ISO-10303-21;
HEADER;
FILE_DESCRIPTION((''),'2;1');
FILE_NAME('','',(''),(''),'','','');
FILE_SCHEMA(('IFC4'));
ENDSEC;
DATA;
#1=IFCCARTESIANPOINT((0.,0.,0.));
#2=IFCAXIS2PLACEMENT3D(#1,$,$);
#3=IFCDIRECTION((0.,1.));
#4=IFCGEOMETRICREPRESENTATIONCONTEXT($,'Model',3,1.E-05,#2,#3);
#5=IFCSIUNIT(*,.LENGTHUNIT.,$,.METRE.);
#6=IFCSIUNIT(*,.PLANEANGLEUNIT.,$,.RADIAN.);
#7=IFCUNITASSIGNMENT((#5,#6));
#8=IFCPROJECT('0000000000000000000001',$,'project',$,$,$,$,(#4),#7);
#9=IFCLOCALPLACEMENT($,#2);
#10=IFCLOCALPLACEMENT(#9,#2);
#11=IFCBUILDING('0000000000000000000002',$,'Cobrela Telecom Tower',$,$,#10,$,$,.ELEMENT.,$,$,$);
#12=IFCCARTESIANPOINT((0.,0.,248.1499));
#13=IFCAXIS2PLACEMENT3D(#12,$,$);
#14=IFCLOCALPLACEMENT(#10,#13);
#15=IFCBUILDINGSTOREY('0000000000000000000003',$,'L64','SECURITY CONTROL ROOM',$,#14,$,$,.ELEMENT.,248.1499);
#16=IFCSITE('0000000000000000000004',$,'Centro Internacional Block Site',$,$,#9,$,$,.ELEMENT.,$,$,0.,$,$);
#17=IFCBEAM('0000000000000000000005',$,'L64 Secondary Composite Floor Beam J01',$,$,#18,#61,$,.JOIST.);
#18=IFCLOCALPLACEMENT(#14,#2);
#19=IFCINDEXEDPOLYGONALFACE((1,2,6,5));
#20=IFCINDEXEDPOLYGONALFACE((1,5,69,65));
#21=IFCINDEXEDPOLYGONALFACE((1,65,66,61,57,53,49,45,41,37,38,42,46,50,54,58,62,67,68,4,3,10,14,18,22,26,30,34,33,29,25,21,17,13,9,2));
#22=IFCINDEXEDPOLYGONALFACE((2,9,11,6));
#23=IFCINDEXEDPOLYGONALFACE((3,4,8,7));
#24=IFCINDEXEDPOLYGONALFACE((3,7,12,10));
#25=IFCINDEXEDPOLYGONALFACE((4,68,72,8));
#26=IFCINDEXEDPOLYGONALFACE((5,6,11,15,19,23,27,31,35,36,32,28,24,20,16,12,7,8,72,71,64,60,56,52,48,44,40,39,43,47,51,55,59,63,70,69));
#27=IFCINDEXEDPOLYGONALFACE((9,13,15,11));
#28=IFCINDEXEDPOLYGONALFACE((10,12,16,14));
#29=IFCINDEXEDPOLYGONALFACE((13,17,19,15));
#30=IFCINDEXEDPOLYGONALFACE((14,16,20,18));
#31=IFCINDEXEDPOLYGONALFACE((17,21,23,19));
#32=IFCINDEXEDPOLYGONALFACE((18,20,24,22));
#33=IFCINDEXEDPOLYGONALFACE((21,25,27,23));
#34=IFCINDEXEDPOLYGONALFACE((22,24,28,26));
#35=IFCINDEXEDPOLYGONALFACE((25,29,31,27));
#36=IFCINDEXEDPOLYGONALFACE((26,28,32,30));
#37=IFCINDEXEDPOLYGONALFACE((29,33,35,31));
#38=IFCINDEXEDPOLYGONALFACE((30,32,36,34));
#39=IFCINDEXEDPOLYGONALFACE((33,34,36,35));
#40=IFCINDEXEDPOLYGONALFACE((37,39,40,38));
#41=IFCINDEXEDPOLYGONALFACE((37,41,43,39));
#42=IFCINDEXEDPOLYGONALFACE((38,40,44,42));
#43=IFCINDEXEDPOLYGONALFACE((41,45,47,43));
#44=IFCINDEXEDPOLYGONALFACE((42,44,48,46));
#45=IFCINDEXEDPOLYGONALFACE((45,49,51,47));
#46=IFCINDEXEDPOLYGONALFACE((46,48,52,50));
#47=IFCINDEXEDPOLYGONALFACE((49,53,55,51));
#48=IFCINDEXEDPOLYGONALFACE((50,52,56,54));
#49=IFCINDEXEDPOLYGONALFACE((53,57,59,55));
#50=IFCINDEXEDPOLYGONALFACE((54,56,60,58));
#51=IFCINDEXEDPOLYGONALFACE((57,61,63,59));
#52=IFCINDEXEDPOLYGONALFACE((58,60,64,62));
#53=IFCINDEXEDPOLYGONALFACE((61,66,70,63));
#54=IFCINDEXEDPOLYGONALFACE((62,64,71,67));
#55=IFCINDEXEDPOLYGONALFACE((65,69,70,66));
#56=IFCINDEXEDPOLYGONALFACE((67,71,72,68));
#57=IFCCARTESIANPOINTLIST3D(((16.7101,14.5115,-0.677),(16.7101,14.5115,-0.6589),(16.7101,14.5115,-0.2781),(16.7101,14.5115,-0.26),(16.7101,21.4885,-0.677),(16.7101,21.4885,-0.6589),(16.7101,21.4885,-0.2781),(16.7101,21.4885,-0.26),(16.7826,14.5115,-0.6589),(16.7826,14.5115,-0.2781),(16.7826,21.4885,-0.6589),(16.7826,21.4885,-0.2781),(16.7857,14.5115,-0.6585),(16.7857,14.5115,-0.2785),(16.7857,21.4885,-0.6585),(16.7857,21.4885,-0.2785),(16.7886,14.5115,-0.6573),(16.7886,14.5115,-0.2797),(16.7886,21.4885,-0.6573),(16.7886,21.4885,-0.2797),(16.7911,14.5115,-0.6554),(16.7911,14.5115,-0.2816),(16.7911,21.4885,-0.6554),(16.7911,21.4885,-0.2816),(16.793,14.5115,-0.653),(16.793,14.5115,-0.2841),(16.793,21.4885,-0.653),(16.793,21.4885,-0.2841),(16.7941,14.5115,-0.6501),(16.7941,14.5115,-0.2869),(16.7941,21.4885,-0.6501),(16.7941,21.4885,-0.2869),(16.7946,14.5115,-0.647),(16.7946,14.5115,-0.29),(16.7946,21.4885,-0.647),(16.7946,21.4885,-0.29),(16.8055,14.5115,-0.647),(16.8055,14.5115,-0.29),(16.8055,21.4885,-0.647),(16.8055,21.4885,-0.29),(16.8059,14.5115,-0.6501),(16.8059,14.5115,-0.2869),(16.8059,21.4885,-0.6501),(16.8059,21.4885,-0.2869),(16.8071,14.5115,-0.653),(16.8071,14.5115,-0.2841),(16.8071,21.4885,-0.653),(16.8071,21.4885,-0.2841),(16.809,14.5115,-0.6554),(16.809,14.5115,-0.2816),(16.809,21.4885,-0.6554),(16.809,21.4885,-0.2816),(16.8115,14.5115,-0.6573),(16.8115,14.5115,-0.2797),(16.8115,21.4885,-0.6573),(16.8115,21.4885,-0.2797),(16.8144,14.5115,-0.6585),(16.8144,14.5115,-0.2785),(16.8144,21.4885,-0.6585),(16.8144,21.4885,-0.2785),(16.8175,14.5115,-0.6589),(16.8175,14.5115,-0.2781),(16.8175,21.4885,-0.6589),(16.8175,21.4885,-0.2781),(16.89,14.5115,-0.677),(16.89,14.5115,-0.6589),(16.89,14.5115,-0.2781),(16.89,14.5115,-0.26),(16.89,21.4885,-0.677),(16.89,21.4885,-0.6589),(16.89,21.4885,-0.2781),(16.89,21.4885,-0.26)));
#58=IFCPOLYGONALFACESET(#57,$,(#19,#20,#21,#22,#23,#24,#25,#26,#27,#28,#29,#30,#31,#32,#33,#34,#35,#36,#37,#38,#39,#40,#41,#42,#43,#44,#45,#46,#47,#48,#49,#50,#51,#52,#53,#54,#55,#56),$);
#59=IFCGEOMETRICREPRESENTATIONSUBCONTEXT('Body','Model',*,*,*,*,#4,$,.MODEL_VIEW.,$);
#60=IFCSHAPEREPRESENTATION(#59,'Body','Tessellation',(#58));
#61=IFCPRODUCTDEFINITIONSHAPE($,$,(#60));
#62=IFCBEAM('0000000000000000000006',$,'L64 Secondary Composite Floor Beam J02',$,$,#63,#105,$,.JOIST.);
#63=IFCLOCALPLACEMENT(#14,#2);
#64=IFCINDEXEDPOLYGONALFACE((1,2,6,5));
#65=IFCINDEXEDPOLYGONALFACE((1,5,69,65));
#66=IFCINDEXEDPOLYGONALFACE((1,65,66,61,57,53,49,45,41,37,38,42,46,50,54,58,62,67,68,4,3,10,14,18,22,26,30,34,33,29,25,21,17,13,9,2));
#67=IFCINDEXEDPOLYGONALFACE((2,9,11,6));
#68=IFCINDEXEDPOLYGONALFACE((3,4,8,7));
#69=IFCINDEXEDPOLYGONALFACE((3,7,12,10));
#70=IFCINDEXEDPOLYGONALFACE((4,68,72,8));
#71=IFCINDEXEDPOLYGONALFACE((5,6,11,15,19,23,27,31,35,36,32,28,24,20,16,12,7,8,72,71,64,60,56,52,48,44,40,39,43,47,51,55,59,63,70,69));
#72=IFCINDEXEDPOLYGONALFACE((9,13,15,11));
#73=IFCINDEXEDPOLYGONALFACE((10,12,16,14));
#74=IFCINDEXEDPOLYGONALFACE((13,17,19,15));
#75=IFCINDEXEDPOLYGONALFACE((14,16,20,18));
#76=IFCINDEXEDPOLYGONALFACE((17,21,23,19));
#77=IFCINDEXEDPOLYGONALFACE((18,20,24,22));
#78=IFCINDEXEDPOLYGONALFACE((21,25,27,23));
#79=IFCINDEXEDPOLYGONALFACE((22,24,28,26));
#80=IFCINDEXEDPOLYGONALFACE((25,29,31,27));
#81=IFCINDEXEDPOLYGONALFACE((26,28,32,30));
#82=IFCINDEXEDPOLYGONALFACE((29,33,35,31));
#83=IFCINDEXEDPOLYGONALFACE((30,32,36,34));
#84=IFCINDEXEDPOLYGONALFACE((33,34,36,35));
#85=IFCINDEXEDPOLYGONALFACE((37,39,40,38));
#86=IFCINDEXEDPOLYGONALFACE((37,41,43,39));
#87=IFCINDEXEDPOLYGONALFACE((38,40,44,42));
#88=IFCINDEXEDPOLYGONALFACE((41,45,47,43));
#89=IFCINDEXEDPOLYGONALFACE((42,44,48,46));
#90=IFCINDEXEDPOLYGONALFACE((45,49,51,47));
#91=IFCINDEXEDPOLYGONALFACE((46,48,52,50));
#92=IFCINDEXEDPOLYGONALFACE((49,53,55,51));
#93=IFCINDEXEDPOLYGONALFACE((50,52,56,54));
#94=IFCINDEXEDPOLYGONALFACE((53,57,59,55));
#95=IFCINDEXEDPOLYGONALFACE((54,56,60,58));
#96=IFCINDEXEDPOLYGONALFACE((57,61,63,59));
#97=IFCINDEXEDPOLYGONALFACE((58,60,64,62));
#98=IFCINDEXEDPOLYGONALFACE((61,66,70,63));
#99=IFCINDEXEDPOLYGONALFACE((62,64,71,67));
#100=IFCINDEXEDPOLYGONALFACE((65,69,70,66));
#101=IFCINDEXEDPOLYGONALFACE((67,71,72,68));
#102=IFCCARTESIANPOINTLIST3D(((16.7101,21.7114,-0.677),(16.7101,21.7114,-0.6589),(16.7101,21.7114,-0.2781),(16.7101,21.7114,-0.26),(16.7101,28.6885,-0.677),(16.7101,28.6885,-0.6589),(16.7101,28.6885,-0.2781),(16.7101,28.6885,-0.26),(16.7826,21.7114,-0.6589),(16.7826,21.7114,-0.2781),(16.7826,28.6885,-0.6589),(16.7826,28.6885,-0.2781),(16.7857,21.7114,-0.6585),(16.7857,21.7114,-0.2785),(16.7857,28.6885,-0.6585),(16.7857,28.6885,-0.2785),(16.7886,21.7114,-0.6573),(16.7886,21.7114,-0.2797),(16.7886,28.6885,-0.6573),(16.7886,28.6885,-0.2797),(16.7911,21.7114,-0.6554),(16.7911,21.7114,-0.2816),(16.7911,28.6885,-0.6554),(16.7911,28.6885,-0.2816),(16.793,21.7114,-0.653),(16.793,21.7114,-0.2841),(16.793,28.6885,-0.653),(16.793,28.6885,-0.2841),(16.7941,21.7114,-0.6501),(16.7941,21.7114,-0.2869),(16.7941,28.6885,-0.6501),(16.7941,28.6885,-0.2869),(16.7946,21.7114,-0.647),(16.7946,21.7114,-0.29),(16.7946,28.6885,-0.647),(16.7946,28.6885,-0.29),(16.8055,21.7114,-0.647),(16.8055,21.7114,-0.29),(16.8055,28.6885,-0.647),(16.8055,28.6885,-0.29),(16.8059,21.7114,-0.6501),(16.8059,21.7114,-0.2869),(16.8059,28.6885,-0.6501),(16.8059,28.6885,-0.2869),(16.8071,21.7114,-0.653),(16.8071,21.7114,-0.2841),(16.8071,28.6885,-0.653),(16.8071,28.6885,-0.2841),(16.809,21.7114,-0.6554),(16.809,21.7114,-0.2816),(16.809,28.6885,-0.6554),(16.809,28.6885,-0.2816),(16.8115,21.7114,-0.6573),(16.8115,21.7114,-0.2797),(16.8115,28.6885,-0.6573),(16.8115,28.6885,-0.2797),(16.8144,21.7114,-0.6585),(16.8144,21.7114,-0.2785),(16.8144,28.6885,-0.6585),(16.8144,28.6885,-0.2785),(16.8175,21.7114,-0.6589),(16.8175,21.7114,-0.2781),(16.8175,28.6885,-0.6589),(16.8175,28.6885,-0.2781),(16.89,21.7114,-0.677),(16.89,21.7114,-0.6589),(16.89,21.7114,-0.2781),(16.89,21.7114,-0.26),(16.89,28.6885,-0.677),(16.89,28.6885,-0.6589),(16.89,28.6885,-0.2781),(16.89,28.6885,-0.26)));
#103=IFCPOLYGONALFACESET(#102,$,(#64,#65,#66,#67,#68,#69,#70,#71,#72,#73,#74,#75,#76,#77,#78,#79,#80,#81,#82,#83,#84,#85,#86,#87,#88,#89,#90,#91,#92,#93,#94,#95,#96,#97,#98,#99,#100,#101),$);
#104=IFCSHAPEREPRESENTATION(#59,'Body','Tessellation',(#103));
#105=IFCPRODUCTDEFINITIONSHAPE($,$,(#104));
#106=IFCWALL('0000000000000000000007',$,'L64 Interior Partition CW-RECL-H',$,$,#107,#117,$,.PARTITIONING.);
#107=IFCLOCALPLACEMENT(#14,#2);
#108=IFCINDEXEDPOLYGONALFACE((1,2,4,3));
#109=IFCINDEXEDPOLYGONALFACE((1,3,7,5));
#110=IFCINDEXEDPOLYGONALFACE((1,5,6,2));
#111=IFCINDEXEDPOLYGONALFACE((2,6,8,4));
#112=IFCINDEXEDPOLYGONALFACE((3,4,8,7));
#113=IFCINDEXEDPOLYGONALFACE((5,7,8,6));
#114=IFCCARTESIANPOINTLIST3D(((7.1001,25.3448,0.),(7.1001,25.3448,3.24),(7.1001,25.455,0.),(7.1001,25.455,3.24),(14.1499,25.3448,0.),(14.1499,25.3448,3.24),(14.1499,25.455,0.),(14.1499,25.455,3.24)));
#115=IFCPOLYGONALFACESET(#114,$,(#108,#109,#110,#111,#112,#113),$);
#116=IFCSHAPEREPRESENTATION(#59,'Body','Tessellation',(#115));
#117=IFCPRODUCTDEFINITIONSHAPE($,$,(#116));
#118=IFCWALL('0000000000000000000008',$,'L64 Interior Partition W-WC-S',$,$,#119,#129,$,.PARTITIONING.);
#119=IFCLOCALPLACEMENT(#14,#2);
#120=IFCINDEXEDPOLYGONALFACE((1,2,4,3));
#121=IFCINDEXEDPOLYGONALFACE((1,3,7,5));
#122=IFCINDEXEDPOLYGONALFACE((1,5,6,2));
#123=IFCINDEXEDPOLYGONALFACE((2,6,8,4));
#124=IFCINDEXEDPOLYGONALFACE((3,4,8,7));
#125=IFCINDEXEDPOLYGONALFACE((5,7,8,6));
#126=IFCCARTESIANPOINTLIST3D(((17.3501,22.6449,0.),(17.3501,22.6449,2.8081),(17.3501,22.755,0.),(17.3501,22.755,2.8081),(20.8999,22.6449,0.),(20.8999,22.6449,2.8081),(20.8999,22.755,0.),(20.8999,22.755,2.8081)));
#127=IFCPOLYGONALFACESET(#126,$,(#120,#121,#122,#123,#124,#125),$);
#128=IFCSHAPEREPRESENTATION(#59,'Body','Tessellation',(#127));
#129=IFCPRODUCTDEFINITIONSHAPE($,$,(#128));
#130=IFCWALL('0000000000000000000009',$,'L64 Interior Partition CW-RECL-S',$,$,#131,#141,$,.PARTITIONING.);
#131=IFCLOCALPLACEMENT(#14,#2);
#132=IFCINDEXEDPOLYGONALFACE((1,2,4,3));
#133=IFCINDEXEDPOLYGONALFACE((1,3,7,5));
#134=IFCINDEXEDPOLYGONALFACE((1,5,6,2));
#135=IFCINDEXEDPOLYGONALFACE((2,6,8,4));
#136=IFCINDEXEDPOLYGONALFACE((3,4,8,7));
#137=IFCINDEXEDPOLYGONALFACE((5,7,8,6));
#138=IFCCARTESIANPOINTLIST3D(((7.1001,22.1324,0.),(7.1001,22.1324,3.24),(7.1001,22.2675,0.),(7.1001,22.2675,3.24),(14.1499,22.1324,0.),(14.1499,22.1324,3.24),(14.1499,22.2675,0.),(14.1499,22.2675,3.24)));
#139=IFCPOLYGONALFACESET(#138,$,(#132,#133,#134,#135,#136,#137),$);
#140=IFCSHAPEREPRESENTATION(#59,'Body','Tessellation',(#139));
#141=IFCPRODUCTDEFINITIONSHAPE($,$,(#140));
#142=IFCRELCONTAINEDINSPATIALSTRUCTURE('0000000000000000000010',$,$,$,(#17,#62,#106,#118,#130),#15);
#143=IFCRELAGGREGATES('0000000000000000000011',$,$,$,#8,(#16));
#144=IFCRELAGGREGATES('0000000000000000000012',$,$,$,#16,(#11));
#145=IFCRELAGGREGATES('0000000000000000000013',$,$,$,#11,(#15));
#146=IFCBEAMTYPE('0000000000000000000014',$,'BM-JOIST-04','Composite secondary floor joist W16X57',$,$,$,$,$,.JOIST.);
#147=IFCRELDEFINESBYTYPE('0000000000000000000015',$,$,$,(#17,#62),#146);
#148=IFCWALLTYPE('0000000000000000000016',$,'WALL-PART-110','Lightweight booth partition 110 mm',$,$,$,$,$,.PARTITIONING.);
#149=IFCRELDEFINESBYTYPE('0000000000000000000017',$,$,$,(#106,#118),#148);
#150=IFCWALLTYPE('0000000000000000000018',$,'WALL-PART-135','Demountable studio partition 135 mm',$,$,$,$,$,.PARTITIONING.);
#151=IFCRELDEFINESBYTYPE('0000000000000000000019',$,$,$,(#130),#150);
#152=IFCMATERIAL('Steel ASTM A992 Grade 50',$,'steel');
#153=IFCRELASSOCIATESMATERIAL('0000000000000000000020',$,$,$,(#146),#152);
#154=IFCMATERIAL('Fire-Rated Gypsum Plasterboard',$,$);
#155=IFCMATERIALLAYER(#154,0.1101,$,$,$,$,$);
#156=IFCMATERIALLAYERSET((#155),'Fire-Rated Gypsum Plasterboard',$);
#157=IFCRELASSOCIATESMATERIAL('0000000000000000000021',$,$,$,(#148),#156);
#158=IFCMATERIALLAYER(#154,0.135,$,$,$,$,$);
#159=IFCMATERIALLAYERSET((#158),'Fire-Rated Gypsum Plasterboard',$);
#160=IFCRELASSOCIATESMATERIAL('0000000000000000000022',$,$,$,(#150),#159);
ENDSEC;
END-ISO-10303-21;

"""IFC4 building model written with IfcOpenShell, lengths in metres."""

from ifc_helpers import new_model, si_unit, direction, frame, frame_2d, origin, origin_2d, place, context, subcontext, project, spatial, rectangle, i_section, extrude, material, layer, layer_set, material_profile, profile_set, type_object, element, save


model = new_model("IFC4")

# Units and contexts
model_context = context("Model", 3, precision=1e-05, world=origin(), true_north=direction((0.0, 1.0)))
body_context = subcontext(model_context, "Body", "Model", "MODEL_VIEW")
ifc_project = project(units=[si_unit("LENGTHUNIT", "METRE"), si_unit("PLANEANGLEUNIT", "RADIAN")], contexts=[model_context])

# Site, building, storey
site_placement = place(None, origin())
site = spatial("IfcSite", under=ifc_project, at=site_placement, Name="Centro Internacional Block Site", CompositionType="ELEMENT", RefElevation=0.0)
building_placement = place(site_placement, origin())
building = spatial("IfcBuilding", under=site, at=building_placement, Name="Cobrela Telecom Tower", CompositionType="ELEMENT")
storey_placement = place(building_placement, frame((0.0, 0.0, 248.1499)))
storey = spatial("IfcBuildingStorey", under=building, at=storey_placement, Name="L64", Description="SECURITY CONTROL ROOM", CompositionType="ELEMENT", Elevation=248.1499)

# Beams
ifc_material_1 = material(Name="Steel ASTM A992 Grade 50", Category="steel")
ifc_material_profile_1 = material_profile(ifc_material_1, i_section(OverallWidth=0.1799, OverallDepth=0.417, WebThickness=0.011, FlangeThickness=0.0181, FilletRadius=0.012, at=origin_2d()), Name="W16X57")
ifc_profile_set_1 = profile_set([ifc_material_profile_1], Name="Steel ASTM A992 Grade 50")
beam_type_1 = type_object("IfcBeamType", Name="BM-JOIST-04", Description="Composite secondary floor joist W16X57", PredefinedType="JOIST", material=ifc_profile_set_1)
for number, where, z_axis, x_axis, name in (
    (1, (16.8, 14.5115, -0.4685), (0.0, 1.0, 0.0), (-1.0, 0.0, 0.0), "L64 Secondary Composite Floor Beam J01"),
    (2, (16.8, 21.7114, -0.4685), (0.0, 1.0, 0.0), (-1.0, 0.0, 0.0), "L64 Secondary Composite Floor Beam J02"),
):
    element("IfcBeam", number, at=place(storey_placement, frame(where, z_axis=z_axis, x_axis=x_axis)), inside=storey, type_object=beam_type_1, Name=name, PredefinedType="JOIST", context=body_context, shape_type="SweptSolid", body=[
        extrude(i_section(OverallWidth=0.1799, OverallDepth=0.417, WebThickness=0.011, FlangeThickness=0.0181, FilletRadius=0.012, at=origin_2d()), origin(), (0.0, 0.0, 1.0), 6.9771),
    ])

# Walls
ifc_material_2 = material(Name="Fire-Rated Gypsum Plasterboard")
ifc_layer_1 = layer(ifc_material_2, 0.1101)
ifc_layer_set_1 = layer_set([ifc_layer_1], Name="Fire-Rated Gypsum Plasterboard")
wall_type_1 = type_object("IfcWallType", Name="WALL-PART-110", Description="Lightweight booth partition 110 mm", PredefinedType="PARTITIONING", material=ifc_layer_set_1)
wall_1_placement = place(storey_placement, frame((7.1001, 25.3999, 0.0), z_axis=(0.0, 0.0, 1.0), x_axis=(1.0, 0.0, 0.0)))
element("IfcWall", 3, at=wall_1_placement, inside=storey, type_object=wall_type_1, Name="L64 Interior Partition CW-RECL-H", PredefinedType="PARTITIONING", context=body_context, shape_type="SweptSolid", body=[
    extrude(rectangle(XDim=7.0498, YDim=0.1101, at=frame_2d((3.5249, 0.0))), origin(), (0.0, 0.0, 1.0), 3.24),
])
wall_2_placement = place(storey_placement, frame((17.3501, 22.7, 0.0), z_axis=(0.0, 0.0, 1.0), x_axis=(1.0, 0.0, 0.0)))
element("IfcWall", 4, at=wall_2_placement, inside=storey, type_object=wall_type_1, Name="L64 Interior Partition W-WC-S", PredefinedType="PARTITIONING", context=body_context, shape_type="SweptSolid", body=[
    extrude(rectangle(XDim=3.5498, YDim=0.1101, at=frame_2d((1.7749, 0.0))), origin(), (0.0, 0.0, 1.0), 2.8081),
])
ifc_layer_2 = layer(ifc_material_2, 0.135)
ifc_layer_set_2 = layer_set([ifc_layer_2], Name="Fire-Rated Gypsum Plasterboard")
wall_type_2 = type_object("IfcWallType", Name="WALL-PART-135", Description="Demountable studio partition 135 mm", PredefinedType="PARTITIONING", material=ifc_layer_set_2)
wall_3_placement = place(storey_placement, frame((7.1001, 22.2, 0.0), z_axis=(0.0, 0.0, 1.0), x_axis=(1.0, 0.0, 0.0)))
element("IfcWall", 5, at=wall_3_placement, inside=storey, type_object=wall_type_2, Name="L64 Interior Partition CW-RECL-S", PredefinedType="PARTITIONING", context=body_context, shape_type="SweptSolid", body=[
    extrude(rectangle(XDim=7.0498, YDim=0.135, at=frame_2d((3.5249, 0.0))), origin(), (0.0, 0.0, 1.0), 3.24),
])

save(model, "model.ifc")
